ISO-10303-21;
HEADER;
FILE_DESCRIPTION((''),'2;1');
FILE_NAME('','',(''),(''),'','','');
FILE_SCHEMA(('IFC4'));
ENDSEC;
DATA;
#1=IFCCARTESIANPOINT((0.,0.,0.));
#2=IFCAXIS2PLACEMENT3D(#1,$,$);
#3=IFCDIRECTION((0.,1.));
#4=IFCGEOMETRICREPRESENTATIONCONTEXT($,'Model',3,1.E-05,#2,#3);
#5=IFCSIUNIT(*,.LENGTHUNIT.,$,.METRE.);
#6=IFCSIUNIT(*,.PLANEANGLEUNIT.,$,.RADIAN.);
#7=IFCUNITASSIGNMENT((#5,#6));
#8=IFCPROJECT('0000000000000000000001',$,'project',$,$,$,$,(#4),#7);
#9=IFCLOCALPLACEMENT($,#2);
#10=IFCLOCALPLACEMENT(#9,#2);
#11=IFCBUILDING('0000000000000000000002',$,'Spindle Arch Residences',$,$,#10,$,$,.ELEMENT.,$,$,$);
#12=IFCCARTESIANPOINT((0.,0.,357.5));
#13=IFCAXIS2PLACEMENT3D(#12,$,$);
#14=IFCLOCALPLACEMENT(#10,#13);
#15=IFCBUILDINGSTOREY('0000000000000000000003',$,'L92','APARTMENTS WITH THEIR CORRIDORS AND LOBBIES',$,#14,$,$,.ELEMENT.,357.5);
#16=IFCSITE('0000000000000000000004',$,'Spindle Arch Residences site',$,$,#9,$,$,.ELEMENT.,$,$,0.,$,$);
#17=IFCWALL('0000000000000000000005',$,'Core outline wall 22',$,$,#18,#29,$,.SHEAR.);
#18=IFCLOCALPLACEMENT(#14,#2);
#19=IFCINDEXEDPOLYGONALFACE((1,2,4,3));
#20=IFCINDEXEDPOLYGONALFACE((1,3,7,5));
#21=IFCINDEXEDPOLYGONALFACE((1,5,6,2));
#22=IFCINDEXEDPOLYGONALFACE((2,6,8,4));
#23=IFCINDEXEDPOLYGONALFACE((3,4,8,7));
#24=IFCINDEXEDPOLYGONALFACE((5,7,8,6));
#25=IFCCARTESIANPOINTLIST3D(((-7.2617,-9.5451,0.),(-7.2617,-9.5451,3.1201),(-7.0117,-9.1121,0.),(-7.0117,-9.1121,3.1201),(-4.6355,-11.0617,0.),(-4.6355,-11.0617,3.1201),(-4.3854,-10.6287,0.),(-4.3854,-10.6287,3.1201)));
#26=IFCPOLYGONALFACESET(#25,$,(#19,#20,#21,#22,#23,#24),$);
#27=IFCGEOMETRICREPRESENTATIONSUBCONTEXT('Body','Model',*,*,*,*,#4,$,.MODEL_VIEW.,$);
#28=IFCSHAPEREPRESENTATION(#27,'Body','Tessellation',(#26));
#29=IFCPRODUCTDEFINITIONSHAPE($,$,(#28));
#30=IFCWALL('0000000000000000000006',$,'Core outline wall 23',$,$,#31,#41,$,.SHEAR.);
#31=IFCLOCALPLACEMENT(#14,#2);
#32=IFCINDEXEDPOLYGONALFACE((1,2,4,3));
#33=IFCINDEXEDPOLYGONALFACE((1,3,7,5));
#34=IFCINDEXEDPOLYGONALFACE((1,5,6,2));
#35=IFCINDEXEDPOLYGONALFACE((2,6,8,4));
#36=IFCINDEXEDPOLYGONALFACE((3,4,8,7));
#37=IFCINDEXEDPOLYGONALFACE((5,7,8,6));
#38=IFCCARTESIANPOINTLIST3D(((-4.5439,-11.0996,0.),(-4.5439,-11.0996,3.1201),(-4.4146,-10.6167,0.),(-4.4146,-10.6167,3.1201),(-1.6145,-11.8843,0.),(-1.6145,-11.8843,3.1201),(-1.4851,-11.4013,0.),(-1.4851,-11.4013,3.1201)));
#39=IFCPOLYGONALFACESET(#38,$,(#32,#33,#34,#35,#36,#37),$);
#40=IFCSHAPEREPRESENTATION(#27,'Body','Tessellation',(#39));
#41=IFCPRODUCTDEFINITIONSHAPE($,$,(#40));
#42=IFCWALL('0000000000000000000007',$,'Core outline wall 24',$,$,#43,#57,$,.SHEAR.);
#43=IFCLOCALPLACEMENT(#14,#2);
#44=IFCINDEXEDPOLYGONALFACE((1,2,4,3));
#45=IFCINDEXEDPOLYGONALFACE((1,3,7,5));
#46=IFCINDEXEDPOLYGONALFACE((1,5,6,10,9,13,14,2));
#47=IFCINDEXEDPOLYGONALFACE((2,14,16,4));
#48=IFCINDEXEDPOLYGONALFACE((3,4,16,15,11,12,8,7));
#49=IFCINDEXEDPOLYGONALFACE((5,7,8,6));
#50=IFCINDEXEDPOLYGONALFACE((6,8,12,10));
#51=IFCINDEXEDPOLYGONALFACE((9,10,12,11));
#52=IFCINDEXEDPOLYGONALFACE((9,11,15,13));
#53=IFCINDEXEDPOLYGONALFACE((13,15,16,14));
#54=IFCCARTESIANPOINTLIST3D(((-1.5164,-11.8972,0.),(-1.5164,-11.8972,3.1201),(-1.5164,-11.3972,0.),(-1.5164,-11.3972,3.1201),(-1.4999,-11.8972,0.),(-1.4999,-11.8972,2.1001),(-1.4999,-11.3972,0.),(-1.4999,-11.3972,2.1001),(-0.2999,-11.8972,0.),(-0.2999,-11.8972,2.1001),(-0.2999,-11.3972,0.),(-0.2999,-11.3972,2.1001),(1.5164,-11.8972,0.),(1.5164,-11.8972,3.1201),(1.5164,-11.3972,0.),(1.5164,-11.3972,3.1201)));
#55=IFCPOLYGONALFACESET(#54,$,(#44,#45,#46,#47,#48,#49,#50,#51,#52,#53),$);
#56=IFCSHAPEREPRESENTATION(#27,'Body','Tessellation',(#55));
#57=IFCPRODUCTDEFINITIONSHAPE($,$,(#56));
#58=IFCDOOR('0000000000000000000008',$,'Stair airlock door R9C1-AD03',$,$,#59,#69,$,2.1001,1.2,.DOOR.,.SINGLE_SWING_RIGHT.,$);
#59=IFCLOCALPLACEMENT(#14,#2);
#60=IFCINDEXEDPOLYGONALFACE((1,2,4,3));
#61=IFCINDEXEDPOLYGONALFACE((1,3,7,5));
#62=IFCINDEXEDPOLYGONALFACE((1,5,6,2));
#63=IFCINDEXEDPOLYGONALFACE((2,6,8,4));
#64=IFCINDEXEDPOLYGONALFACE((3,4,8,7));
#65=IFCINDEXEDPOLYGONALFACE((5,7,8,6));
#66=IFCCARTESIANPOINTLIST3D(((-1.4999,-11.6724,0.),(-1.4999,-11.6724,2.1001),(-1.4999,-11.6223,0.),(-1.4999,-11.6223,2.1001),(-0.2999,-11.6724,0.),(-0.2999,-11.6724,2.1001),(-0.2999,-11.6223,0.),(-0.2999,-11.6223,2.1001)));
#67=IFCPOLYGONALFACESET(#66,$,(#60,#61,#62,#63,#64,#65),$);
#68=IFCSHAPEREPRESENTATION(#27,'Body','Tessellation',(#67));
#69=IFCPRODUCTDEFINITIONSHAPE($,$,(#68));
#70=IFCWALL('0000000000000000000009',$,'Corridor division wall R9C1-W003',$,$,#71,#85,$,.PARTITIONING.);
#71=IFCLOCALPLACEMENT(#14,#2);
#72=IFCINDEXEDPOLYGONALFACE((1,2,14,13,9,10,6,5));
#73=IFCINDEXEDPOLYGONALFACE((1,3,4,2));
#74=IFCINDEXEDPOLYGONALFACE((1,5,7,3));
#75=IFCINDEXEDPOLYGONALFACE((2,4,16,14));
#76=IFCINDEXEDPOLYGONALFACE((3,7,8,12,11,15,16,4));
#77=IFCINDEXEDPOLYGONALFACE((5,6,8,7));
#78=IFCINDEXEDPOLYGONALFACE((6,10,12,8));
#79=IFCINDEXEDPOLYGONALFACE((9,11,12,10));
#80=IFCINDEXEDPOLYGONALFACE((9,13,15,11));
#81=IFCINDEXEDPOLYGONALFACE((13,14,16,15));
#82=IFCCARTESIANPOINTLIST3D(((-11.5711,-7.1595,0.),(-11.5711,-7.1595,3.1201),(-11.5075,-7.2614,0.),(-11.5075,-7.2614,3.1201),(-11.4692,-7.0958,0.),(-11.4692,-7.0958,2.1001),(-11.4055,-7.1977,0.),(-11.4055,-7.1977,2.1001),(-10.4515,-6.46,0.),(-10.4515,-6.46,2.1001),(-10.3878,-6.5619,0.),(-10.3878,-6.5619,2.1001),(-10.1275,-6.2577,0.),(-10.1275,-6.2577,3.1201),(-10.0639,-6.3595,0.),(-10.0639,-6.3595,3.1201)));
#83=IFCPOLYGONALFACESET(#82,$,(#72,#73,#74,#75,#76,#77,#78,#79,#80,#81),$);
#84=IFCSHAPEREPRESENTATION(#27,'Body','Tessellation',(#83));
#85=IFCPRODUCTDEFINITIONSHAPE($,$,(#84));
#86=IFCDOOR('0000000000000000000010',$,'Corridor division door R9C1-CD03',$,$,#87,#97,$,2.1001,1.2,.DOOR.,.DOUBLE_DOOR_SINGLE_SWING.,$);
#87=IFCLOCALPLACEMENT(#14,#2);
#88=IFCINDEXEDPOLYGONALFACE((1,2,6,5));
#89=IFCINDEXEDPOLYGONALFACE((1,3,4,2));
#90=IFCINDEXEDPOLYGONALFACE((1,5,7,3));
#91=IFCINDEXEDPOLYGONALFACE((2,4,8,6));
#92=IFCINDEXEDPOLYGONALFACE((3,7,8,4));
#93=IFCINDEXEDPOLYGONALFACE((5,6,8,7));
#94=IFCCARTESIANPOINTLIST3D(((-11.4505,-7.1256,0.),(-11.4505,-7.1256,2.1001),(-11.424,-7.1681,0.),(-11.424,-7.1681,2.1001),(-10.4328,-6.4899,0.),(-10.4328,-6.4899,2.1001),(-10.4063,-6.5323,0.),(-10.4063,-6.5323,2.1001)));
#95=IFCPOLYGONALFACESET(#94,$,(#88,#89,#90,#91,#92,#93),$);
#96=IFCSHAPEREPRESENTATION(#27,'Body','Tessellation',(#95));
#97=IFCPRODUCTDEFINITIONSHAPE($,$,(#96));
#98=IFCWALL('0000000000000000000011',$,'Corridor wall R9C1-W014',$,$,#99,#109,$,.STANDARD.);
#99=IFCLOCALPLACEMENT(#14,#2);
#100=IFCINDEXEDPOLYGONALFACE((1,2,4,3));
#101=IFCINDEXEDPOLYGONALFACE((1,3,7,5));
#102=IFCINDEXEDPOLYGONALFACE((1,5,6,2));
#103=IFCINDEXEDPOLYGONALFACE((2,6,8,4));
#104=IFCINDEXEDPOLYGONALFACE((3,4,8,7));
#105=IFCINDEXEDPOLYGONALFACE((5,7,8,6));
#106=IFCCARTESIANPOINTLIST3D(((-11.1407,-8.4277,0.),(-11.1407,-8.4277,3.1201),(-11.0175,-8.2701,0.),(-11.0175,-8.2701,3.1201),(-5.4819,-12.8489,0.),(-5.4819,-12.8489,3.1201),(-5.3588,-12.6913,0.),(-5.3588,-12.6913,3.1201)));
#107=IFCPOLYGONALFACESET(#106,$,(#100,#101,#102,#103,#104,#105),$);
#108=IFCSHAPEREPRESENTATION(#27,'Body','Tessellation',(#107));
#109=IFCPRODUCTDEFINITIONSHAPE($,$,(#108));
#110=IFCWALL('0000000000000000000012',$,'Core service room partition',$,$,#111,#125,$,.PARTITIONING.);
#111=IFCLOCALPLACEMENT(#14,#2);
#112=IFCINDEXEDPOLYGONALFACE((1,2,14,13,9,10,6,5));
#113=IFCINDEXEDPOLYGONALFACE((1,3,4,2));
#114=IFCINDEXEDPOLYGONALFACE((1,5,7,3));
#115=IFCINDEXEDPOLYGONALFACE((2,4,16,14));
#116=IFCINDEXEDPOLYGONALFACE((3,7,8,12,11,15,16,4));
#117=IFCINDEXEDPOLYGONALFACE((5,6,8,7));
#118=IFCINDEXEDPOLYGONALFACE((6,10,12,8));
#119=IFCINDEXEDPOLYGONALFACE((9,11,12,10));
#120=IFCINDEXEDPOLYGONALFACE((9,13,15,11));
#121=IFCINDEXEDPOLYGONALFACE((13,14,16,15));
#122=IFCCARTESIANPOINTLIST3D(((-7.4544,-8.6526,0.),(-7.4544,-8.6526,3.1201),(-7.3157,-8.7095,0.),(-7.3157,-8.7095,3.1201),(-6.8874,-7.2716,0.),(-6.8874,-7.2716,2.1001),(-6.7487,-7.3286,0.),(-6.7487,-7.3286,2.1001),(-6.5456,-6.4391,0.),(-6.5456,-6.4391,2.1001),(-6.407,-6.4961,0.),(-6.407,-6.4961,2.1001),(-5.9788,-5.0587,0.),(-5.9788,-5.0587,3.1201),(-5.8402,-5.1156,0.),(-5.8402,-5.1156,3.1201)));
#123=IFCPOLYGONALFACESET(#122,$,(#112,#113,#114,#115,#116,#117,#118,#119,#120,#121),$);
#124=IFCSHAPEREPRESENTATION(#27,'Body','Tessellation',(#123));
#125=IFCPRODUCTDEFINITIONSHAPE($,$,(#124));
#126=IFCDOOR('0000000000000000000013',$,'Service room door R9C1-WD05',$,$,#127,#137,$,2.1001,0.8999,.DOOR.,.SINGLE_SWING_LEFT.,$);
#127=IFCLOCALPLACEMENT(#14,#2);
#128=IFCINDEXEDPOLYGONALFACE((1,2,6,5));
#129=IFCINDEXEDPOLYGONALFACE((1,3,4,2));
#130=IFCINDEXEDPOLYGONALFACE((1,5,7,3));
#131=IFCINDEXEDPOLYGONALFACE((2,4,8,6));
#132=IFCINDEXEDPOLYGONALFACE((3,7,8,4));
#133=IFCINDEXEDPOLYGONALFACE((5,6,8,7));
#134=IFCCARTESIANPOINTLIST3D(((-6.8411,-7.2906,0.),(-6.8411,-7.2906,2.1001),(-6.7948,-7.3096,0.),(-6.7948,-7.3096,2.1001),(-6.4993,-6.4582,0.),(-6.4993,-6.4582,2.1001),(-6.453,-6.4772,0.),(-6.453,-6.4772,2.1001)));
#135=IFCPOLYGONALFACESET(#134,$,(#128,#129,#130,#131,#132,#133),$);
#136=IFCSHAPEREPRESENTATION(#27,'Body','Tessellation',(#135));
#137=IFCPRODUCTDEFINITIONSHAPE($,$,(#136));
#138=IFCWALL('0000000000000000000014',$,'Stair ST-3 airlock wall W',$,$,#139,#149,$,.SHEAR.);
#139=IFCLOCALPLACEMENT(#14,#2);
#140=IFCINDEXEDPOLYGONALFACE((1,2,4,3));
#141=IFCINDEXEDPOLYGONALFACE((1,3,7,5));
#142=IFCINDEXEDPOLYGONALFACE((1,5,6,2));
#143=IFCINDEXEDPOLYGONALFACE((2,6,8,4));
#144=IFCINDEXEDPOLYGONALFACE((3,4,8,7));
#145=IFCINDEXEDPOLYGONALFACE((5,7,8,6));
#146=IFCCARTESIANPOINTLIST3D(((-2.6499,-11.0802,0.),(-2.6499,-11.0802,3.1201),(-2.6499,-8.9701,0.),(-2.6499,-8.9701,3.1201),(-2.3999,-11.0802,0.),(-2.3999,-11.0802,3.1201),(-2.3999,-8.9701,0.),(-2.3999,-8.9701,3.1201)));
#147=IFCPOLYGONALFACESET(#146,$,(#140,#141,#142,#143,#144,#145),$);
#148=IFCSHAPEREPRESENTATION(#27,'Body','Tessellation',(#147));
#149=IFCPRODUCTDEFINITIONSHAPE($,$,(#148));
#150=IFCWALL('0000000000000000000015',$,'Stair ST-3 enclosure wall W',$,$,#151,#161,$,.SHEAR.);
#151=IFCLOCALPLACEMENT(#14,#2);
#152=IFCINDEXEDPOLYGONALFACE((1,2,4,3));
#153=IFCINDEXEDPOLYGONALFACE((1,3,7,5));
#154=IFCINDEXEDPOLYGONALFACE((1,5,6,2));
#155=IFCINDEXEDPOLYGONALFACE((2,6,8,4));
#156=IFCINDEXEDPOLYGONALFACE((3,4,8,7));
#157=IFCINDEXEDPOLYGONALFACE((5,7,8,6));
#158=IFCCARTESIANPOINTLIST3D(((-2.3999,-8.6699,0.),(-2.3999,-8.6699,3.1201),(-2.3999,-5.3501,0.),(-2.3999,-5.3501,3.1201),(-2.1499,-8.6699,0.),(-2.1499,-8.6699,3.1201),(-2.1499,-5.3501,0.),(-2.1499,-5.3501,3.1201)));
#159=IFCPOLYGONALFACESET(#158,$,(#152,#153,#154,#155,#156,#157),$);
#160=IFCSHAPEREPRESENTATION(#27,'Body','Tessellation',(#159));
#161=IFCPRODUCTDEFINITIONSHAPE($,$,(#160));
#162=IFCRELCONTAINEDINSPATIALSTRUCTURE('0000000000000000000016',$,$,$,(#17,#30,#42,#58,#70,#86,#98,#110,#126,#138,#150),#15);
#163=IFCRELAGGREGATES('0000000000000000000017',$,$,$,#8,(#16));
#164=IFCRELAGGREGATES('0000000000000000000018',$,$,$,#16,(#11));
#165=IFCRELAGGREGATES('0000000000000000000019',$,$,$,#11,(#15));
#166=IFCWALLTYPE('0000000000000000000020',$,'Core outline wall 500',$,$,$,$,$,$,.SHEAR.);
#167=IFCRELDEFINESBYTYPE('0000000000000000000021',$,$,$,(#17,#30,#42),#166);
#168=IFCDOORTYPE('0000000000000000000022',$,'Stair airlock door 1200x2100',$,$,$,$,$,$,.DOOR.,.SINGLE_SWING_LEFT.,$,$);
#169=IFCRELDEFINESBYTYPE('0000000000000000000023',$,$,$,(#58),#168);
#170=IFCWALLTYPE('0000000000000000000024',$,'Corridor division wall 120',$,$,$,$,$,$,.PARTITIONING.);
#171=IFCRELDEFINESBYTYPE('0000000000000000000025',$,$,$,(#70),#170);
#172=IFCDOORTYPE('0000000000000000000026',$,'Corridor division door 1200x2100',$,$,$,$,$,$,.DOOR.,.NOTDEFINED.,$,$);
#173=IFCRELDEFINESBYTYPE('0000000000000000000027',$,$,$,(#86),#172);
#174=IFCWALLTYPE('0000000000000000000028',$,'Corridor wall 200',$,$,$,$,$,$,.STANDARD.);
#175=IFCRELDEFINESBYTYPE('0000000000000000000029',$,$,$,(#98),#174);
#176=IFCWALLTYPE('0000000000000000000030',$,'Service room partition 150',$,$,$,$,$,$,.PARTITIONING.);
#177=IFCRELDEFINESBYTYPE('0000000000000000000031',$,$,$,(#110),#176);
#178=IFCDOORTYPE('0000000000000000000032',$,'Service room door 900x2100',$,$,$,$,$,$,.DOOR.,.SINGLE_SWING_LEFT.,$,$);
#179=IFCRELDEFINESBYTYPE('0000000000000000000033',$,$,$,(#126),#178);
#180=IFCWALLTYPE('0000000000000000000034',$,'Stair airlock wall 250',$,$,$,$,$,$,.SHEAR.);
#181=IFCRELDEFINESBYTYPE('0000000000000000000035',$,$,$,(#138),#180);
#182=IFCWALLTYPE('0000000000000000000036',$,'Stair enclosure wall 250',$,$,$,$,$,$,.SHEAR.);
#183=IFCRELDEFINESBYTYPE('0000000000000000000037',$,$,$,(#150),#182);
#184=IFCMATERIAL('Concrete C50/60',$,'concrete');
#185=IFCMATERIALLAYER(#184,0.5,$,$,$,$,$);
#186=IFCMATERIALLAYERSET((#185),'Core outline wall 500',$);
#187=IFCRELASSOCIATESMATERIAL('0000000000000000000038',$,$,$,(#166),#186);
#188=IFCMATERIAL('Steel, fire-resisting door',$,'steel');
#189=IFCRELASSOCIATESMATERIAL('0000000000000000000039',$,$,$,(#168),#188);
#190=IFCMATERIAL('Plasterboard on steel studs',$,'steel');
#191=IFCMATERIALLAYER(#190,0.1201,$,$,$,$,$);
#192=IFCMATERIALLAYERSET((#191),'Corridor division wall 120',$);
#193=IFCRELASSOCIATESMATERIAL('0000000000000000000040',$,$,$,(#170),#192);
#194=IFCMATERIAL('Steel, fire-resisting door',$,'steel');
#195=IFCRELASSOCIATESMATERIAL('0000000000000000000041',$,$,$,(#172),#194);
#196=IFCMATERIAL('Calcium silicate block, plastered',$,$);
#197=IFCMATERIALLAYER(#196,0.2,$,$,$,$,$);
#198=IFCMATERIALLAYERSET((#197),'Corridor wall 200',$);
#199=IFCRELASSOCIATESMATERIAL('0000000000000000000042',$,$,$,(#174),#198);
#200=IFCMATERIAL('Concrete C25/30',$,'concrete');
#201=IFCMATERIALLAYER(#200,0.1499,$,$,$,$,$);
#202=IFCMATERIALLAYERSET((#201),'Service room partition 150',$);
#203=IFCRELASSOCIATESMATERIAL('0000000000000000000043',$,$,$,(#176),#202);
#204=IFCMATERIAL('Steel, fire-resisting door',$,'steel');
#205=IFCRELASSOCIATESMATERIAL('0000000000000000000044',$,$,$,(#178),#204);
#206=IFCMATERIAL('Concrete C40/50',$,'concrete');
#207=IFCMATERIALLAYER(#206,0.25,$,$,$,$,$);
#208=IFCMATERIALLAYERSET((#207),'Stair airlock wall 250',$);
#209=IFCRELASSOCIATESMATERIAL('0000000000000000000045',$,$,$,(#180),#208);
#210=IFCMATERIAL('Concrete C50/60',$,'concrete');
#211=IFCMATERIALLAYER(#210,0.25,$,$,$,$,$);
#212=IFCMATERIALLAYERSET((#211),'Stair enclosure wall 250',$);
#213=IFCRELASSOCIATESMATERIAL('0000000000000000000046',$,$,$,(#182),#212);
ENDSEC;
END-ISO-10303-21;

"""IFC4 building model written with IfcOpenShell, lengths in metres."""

from ifc_helpers import new_model, si_unit, direction, frame, frame_2d, origin, place, context, subcontext, project, spatial, rectangle, extrude, material, layer, layer_set, type_object, element, fill, save


model = new_model("IFC4")

# Units and contexts
model_context = context("Model", 3, precision=1e-05, world=origin(), true_north=direction((0.0, 1.0)))
body_context = subcontext(model_context, "Body", "Model", "MODEL_VIEW")
ifc_project = project(units=[si_unit("LENGTHUNIT", "METRE"), si_unit("PLANEANGLEUNIT", "RADIAN")], contexts=[model_context])

# Site, building, storey
site_placement = place(None, origin())
site = spatial("IfcSite", under=ifc_project, at=site_placement, Name="Spindle Arch Residences site", CompositionType="ELEMENT", RefElevation=0.0)
building_placement = place(site_placement, origin())
building = spatial("IfcBuilding", under=site, at=building_placement, Name="Spindle Arch Residences", CompositionType="ELEMENT")
storey_placement = place(building_placement, frame((0.0, 0.0, 357.5)))
storey = spatial("IfcBuildingStorey", under=building, at=storey_placement, Name="L92", Description="APARTMENTS WITH THEIR CORRIDORS AND LOBBIES", CompositionType="ELEMENT", Elevation=357.5)

# Walls
ifc_material_1 = material(Name="Concrete C50/60", Category="concrete")
ifc_layer_1 = layer(ifc_material_1, 0.5)
ifc_layer_set_1 = layer_set([ifc_layer_1], Name="Core outline wall 500")
wall_type_1 = type_object("IfcWallType", Name="Core outline wall 500", PredefinedType="SHEAR", material=ifc_layer_set_1)
for number, where, z_axis, x_axis, name in (
    (1, (-7.1367, -9.3286, 0.0), (0.0, 0.0, 1.0), (0.865975, -0.500087, 0.0), "Core outline wall 22"),
    (2, (-4.4792, -10.8582, 0.0), (0.0, 0.0, 1.0), (0.965948, -0.258735, 0.0), "Core outline wall 23"),
):
    element("IfcWall", number, at=place(storey_placement, frame(where, z_axis=z_axis, x_axis=x_axis)), inside=storey, type_object=wall_type_1, Name=name, PredefinedType="SHEAR", context=body_context, shape_type="SweptSolid", body=[
        extrude(rectangle(XDim=3.0327, YDim=0.5, at=frame_2d((1.5164, 0.0))), origin(), (0.0, 0.0, 1.0), 3.1201),
    ])

# Walls, openings, doors
wall_1_placement = place(storey_placement, frame((-1.5164, -11.6472, 0.0), z_axis=(0.0, 0.0, 1.0), x_axis=(1.0, 0.0, 0.0)))
wall_1 = element("IfcWall", 3, at=wall_1_placement, inside=storey, type_object=wall_type_1, Name="Core outline wall 24", PredefinedType="SHEAR", context=body_context, shape_type="SweptSolid", body=[
    extrude(rectangle(XDim=3.0327, YDim=0.5, at=frame_2d((1.5164, 0.0))), origin(), (0.0, 0.0, 1.0), 3.1201),
])
opening_1_placement = place(wall_1_placement, frame((0.0164, 0.0, 0.0)))
opening_1 = element("IfcOpeningElement", 4, at=opening_1_placement, cuts=wall_1, PredefinedType="OPENING", context=body_context, shape_type="SweptSolid", body=[
    extrude(rectangle(XDim=1.2, YDim=2.1001, at=frame_2d((0.6001, 1.05))), frame((0.0, 0.26, 0.0), z_axis=(0.0, -1.0, 0.0), x_axis=(1.0, 0.0, 0.0)), (0.0, 0.0, 1.0), 0.52),
])
ifc_material_2 = material(Name="Steel, fire-resisting door", Category="steel")
door_type_1 = type_object("IfcDoorType", Name="Stair airlock door 1200x2100", OperationType="SINGLE_SWING_LEFT", PredefinedType="DOOR", material=ifc_material_2)
door_1_placement = place(opening_1_placement, origin())
door_1 = element("IfcDoor", 5, at=door_1_placement, inside=storey, type_object=door_type_1, Name="Stair airlock door R9C1-AD03", OperationType="SINGLE_SWING_RIGHT", OverallHeight=2.1001, OverallWidth=1.2, PredefinedType="DOOR", context=body_context, shape_type="SweptSolid", body=[
    extrude(rectangle(XDim=1.2, YDim=2.1001, at=frame_2d((0.6001, 1.05))), frame((0.0, 0.0249, 0.0), z_axis=(0.0, -1.0, 0.0), x_axis=(1.0, 0.0, 0.0)), (0.0, 0.0, 1.0), 0.05),
])
fill(opening_1, door_1)
ifc_material_3 = material(Name="Plasterboard on steel studs", Category="steel")
ifc_layer_2 = layer(ifc_material_3, 0.1201)
ifc_layer_set_2 = layer_set([ifc_layer_2], Name="Corridor division wall 120")
wall_type_2 = type_object("IfcWallType", Name="Corridor division wall 120", PredefinedType="PARTITIONING", material=ifc_layer_set_2)
wall_2_placement = place(storey_placement, frame((-11.5393, -7.2104, 0.0), z_axis=(0.0, 0.0, 1.0), x_axis=(0.848103, 0.529831, 0.0)))
wall_2 = element("IfcWall", 6, at=wall_2_placement, inside=storey, type_object=wall_type_2, Name="Corridor division wall R9C1-W003", PredefinedType="PARTITIONING", context=body_context, shape_type="SweptSolid", body=[
    extrude(rectangle(XDim=1.7021, YDim=0.1201, at=frame_2d((0.8511, 0.0))), origin(), (0.0, 0.0, 1.0), 3.1201),
])
opening_2_placement = place(wall_2_placement, frame((0.1201, 0.0, 0.0)))
opening_2 = element("IfcOpeningElement", 7, at=opening_2_placement, cuts=wall_2, PredefinedType="OPENING", context=body_context, shape_type="SweptSolid", body=[
    extrude(rectangle(XDim=1.2, YDim=2.1001, at=frame_2d((0.6001, 1.05))), frame((0.0, 0.0701, 0.0), z_axis=(0.0, -1.0, 0.0), x_axis=(1.0, 0.0, 0.0)), (0.0, 0.0, 1.0), 0.1401),
])
ifc_material_4 = material(Name="Steel, fire-resisting door", Category="steel")
door_type_2 = type_object("IfcDoorType", Name="Corridor division door 1200x2100", OperationType="NOTDEFINED", PredefinedType="DOOR", material=ifc_material_4)
door_2_placement = place(opening_2_placement, origin())
door_2 = element("IfcDoor", 8, at=door_2_placement, inside=storey, type_object=door_type_2, Name="Corridor division door R9C1-CD03", OperationType="DOUBLE_DOOR_SINGLE_SWING", OverallHeight=2.1001, OverallWidth=1.2, PredefinedType="DOOR", context=body_context, shape_type="SweptSolid", body=[
    extrude(rectangle(XDim=1.2, YDim=2.1001, at=frame_2d((0.6001, 1.05))), frame((0.0, 0.0249, 0.0), z_axis=(0.0, -1.0, 0.0), x_axis=(1.0, 0.0, 0.0)), (0.0, 0.0, 1.0), 0.05),
])
fill(opening_2, door_2)

# Wall
ifc_material_5 = material(Name="Calcium silicate block, plastered")
ifc_layer_3 = layer(ifc_material_5, 0.2)
ifc_layer_set_3 = layer_set([ifc_layer_3], Name="Corridor wall 200")
wall_type_3 = type_object("IfcWallType", Name="Corridor wall 200", PredefinedType="STANDARD", material=ifc_layer_set_3)
wall_3_placement = place(storey_placement, frame((-11.0791, -8.3489, 0.0), z_axis=(0.0, 0.0, 1.0), x_axis=(0.788005, -0.615669, 0.0)))
element("IfcWall", 9, at=wall_3_placement, inside=storey, type_object=wall_type_3, Name="Corridor wall R9C1-W014", PredefinedType="STANDARD", context=body_context, shape_type="SweptSolid", body=[
    extrude(rectangle(XDim=7.1812, YDim=0.2, at=frame_2d((3.5906, 0.0))), origin(), (0.0, 0.0, 1.0), 3.1201),
])

# Wall, opening, door
ifc_material_6 = material(Name="Concrete C25/30", Category="concrete")
ifc_layer_4 = layer(ifc_material_6, 0.1499)
ifc_layer_set_4 = layer_set([ifc_layer_4], Name="Service room partition 150")
wall_type_4 = type_object("IfcWallType", Name="Service room partition 150", PredefinedType="PARTITIONING", material=ifc_layer_set_4)
wall_4_placement = place(storey_placement, frame((-7.385, -8.6809, 0.0), z_axis=(0.0, 0.0, 1.0), x_axis=(0.379805, 0.925067, 0.0)))
wall_4 = element("IfcWall", 10, at=wall_4_placement, inside=storey, type_object=wall_type_4, Name="Core service room partition", PredefinedType="PARTITIONING", context=body_context, shape_type="SweptSolid", body=[
    extrude(rectangle(XDim=3.885, YDim=0.1499, at=frame_2d((1.9424, 0.0))), origin(), (0.0, 0.0, 1.0), 3.1201),
])
opening_3_placement = place(wall_4_placement, frame((1.4927, 0.0, 0.0)))
opening_3 = element("IfcOpeningElement", 11, at=opening_3_placement, cuts=wall_4, PredefinedType="OPENING", context=body_context, shape_type="SweptSolid", body=[
    extrude(rectangle(XDim=0.8999, YDim=2.1001, at=frame_2d((0.45, 1.05))), frame((0.0, 0.085, 0.0), z_axis=(0.0, -1.0, 0.0), x_axis=(1.0, 0.0, 0.0)), (0.0, 0.0, 1.0), 0.1699),
])
ifc_material_7 = material(Name="Steel, fire-resisting door", Category="steel")
door_type_3 = type_object("IfcDoorType", Name="Service room door 900x2100", OperationType="SINGLE_SWING_LEFT", PredefinedType="DOOR", material=ifc_material_7)
door_3_placement = place(opening_3_placement, origin())
door_3 = element("IfcDoor", 12, at=door_3_placement, inside=storey, type_object=door_type_3, Name="Service room door R9C1-WD05", OperationType="SINGLE_SWING_LEFT", OverallHeight=2.1001, OverallWidth=0.8999, PredefinedType="DOOR", context=body_context, shape_type="SweptSolid", body=[
    extrude(rectangle(XDim=0.8999, YDim=2.1001, at=frame_2d((0.45, 1.05))), frame((0.0, 0.0249, 0.0), z_axis=(0.0, -1.0, 0.0), x_axis=(1.0, 0.0, 0.0)), (0.0, 0.0, 1.0), 0.05),
])
fill(opening_3, door_3)

# Walls
ifc_material_8 = material(Name="Concrete C40/50", Category="concrete")
ifc_layer_5 = layer(ifc_material_8, 0.25)
ifc_layer_set_5 = layer_set([ifc_layer_5], Name="Stair airlock wall 250")
wall_type_5 = type_object("IfcWallType", Name="Stair airlock wall 250", PredefinedType="SHEAR", material=ifc_layer_set_5)
wall_5_placement = place(storey_placement, frame((-2.5249, -8.97, 0.0), z_axis=(0.0, 0.0, 1.0), x_axis=(0.0, -1.0, 0.0)))
element("IfcWall", 13, at=wall_5_placement, inside=storey, type_object=wall_type_5, Name="Stair ST-3 airlock wall W", PredefinedType="SHEAR", context=body_context, shape_type="SweptSolid", body=[
    extrude(rectangle(XDim=2.1101, YDim=0.25, at=frame_2d((1.0552, 0.0))), origin(), (0.0, 0.0, 1.0), 3.1201),
])
ifc_material_9 = material(Name="Concrete C50/60", Category="concrete")
ifc_layer_6 = layer(ifc_material_9, 0.25)
ifc_layer_set_6 = layer_set([ifc_layer_6], Name="Stair enclosure wall 250")
wall_type_6 = type_object("IfcWallType", Name="Stair enclosure wall 250", PredefinedType="SHEAR", material=ifc_layer_set_6)
wall_6_placement = place(storey_placement, frame((-2.2749, -8.6699, 0.0), z_axis=(0.0, 0.0, 1.0), x_axis=(0.0, 1.0, 0.0)))
element("IfcWall", 14, at=wall_6_placement, inside=storey, type_object=wall_type_6, Name="Stair ST-3 enclosure wall W", PredefinedType="SHEAR", context=body_context, shape_type="SweptSolid", body=[
    extrude(rectangle(XDim=3.3198, YDim=0.25, at=frame_2d((1.6599, 0.0))), origin(), (0.0, 0.0, 1.0), 3.1201),
])

save(model, "model.ifc")
